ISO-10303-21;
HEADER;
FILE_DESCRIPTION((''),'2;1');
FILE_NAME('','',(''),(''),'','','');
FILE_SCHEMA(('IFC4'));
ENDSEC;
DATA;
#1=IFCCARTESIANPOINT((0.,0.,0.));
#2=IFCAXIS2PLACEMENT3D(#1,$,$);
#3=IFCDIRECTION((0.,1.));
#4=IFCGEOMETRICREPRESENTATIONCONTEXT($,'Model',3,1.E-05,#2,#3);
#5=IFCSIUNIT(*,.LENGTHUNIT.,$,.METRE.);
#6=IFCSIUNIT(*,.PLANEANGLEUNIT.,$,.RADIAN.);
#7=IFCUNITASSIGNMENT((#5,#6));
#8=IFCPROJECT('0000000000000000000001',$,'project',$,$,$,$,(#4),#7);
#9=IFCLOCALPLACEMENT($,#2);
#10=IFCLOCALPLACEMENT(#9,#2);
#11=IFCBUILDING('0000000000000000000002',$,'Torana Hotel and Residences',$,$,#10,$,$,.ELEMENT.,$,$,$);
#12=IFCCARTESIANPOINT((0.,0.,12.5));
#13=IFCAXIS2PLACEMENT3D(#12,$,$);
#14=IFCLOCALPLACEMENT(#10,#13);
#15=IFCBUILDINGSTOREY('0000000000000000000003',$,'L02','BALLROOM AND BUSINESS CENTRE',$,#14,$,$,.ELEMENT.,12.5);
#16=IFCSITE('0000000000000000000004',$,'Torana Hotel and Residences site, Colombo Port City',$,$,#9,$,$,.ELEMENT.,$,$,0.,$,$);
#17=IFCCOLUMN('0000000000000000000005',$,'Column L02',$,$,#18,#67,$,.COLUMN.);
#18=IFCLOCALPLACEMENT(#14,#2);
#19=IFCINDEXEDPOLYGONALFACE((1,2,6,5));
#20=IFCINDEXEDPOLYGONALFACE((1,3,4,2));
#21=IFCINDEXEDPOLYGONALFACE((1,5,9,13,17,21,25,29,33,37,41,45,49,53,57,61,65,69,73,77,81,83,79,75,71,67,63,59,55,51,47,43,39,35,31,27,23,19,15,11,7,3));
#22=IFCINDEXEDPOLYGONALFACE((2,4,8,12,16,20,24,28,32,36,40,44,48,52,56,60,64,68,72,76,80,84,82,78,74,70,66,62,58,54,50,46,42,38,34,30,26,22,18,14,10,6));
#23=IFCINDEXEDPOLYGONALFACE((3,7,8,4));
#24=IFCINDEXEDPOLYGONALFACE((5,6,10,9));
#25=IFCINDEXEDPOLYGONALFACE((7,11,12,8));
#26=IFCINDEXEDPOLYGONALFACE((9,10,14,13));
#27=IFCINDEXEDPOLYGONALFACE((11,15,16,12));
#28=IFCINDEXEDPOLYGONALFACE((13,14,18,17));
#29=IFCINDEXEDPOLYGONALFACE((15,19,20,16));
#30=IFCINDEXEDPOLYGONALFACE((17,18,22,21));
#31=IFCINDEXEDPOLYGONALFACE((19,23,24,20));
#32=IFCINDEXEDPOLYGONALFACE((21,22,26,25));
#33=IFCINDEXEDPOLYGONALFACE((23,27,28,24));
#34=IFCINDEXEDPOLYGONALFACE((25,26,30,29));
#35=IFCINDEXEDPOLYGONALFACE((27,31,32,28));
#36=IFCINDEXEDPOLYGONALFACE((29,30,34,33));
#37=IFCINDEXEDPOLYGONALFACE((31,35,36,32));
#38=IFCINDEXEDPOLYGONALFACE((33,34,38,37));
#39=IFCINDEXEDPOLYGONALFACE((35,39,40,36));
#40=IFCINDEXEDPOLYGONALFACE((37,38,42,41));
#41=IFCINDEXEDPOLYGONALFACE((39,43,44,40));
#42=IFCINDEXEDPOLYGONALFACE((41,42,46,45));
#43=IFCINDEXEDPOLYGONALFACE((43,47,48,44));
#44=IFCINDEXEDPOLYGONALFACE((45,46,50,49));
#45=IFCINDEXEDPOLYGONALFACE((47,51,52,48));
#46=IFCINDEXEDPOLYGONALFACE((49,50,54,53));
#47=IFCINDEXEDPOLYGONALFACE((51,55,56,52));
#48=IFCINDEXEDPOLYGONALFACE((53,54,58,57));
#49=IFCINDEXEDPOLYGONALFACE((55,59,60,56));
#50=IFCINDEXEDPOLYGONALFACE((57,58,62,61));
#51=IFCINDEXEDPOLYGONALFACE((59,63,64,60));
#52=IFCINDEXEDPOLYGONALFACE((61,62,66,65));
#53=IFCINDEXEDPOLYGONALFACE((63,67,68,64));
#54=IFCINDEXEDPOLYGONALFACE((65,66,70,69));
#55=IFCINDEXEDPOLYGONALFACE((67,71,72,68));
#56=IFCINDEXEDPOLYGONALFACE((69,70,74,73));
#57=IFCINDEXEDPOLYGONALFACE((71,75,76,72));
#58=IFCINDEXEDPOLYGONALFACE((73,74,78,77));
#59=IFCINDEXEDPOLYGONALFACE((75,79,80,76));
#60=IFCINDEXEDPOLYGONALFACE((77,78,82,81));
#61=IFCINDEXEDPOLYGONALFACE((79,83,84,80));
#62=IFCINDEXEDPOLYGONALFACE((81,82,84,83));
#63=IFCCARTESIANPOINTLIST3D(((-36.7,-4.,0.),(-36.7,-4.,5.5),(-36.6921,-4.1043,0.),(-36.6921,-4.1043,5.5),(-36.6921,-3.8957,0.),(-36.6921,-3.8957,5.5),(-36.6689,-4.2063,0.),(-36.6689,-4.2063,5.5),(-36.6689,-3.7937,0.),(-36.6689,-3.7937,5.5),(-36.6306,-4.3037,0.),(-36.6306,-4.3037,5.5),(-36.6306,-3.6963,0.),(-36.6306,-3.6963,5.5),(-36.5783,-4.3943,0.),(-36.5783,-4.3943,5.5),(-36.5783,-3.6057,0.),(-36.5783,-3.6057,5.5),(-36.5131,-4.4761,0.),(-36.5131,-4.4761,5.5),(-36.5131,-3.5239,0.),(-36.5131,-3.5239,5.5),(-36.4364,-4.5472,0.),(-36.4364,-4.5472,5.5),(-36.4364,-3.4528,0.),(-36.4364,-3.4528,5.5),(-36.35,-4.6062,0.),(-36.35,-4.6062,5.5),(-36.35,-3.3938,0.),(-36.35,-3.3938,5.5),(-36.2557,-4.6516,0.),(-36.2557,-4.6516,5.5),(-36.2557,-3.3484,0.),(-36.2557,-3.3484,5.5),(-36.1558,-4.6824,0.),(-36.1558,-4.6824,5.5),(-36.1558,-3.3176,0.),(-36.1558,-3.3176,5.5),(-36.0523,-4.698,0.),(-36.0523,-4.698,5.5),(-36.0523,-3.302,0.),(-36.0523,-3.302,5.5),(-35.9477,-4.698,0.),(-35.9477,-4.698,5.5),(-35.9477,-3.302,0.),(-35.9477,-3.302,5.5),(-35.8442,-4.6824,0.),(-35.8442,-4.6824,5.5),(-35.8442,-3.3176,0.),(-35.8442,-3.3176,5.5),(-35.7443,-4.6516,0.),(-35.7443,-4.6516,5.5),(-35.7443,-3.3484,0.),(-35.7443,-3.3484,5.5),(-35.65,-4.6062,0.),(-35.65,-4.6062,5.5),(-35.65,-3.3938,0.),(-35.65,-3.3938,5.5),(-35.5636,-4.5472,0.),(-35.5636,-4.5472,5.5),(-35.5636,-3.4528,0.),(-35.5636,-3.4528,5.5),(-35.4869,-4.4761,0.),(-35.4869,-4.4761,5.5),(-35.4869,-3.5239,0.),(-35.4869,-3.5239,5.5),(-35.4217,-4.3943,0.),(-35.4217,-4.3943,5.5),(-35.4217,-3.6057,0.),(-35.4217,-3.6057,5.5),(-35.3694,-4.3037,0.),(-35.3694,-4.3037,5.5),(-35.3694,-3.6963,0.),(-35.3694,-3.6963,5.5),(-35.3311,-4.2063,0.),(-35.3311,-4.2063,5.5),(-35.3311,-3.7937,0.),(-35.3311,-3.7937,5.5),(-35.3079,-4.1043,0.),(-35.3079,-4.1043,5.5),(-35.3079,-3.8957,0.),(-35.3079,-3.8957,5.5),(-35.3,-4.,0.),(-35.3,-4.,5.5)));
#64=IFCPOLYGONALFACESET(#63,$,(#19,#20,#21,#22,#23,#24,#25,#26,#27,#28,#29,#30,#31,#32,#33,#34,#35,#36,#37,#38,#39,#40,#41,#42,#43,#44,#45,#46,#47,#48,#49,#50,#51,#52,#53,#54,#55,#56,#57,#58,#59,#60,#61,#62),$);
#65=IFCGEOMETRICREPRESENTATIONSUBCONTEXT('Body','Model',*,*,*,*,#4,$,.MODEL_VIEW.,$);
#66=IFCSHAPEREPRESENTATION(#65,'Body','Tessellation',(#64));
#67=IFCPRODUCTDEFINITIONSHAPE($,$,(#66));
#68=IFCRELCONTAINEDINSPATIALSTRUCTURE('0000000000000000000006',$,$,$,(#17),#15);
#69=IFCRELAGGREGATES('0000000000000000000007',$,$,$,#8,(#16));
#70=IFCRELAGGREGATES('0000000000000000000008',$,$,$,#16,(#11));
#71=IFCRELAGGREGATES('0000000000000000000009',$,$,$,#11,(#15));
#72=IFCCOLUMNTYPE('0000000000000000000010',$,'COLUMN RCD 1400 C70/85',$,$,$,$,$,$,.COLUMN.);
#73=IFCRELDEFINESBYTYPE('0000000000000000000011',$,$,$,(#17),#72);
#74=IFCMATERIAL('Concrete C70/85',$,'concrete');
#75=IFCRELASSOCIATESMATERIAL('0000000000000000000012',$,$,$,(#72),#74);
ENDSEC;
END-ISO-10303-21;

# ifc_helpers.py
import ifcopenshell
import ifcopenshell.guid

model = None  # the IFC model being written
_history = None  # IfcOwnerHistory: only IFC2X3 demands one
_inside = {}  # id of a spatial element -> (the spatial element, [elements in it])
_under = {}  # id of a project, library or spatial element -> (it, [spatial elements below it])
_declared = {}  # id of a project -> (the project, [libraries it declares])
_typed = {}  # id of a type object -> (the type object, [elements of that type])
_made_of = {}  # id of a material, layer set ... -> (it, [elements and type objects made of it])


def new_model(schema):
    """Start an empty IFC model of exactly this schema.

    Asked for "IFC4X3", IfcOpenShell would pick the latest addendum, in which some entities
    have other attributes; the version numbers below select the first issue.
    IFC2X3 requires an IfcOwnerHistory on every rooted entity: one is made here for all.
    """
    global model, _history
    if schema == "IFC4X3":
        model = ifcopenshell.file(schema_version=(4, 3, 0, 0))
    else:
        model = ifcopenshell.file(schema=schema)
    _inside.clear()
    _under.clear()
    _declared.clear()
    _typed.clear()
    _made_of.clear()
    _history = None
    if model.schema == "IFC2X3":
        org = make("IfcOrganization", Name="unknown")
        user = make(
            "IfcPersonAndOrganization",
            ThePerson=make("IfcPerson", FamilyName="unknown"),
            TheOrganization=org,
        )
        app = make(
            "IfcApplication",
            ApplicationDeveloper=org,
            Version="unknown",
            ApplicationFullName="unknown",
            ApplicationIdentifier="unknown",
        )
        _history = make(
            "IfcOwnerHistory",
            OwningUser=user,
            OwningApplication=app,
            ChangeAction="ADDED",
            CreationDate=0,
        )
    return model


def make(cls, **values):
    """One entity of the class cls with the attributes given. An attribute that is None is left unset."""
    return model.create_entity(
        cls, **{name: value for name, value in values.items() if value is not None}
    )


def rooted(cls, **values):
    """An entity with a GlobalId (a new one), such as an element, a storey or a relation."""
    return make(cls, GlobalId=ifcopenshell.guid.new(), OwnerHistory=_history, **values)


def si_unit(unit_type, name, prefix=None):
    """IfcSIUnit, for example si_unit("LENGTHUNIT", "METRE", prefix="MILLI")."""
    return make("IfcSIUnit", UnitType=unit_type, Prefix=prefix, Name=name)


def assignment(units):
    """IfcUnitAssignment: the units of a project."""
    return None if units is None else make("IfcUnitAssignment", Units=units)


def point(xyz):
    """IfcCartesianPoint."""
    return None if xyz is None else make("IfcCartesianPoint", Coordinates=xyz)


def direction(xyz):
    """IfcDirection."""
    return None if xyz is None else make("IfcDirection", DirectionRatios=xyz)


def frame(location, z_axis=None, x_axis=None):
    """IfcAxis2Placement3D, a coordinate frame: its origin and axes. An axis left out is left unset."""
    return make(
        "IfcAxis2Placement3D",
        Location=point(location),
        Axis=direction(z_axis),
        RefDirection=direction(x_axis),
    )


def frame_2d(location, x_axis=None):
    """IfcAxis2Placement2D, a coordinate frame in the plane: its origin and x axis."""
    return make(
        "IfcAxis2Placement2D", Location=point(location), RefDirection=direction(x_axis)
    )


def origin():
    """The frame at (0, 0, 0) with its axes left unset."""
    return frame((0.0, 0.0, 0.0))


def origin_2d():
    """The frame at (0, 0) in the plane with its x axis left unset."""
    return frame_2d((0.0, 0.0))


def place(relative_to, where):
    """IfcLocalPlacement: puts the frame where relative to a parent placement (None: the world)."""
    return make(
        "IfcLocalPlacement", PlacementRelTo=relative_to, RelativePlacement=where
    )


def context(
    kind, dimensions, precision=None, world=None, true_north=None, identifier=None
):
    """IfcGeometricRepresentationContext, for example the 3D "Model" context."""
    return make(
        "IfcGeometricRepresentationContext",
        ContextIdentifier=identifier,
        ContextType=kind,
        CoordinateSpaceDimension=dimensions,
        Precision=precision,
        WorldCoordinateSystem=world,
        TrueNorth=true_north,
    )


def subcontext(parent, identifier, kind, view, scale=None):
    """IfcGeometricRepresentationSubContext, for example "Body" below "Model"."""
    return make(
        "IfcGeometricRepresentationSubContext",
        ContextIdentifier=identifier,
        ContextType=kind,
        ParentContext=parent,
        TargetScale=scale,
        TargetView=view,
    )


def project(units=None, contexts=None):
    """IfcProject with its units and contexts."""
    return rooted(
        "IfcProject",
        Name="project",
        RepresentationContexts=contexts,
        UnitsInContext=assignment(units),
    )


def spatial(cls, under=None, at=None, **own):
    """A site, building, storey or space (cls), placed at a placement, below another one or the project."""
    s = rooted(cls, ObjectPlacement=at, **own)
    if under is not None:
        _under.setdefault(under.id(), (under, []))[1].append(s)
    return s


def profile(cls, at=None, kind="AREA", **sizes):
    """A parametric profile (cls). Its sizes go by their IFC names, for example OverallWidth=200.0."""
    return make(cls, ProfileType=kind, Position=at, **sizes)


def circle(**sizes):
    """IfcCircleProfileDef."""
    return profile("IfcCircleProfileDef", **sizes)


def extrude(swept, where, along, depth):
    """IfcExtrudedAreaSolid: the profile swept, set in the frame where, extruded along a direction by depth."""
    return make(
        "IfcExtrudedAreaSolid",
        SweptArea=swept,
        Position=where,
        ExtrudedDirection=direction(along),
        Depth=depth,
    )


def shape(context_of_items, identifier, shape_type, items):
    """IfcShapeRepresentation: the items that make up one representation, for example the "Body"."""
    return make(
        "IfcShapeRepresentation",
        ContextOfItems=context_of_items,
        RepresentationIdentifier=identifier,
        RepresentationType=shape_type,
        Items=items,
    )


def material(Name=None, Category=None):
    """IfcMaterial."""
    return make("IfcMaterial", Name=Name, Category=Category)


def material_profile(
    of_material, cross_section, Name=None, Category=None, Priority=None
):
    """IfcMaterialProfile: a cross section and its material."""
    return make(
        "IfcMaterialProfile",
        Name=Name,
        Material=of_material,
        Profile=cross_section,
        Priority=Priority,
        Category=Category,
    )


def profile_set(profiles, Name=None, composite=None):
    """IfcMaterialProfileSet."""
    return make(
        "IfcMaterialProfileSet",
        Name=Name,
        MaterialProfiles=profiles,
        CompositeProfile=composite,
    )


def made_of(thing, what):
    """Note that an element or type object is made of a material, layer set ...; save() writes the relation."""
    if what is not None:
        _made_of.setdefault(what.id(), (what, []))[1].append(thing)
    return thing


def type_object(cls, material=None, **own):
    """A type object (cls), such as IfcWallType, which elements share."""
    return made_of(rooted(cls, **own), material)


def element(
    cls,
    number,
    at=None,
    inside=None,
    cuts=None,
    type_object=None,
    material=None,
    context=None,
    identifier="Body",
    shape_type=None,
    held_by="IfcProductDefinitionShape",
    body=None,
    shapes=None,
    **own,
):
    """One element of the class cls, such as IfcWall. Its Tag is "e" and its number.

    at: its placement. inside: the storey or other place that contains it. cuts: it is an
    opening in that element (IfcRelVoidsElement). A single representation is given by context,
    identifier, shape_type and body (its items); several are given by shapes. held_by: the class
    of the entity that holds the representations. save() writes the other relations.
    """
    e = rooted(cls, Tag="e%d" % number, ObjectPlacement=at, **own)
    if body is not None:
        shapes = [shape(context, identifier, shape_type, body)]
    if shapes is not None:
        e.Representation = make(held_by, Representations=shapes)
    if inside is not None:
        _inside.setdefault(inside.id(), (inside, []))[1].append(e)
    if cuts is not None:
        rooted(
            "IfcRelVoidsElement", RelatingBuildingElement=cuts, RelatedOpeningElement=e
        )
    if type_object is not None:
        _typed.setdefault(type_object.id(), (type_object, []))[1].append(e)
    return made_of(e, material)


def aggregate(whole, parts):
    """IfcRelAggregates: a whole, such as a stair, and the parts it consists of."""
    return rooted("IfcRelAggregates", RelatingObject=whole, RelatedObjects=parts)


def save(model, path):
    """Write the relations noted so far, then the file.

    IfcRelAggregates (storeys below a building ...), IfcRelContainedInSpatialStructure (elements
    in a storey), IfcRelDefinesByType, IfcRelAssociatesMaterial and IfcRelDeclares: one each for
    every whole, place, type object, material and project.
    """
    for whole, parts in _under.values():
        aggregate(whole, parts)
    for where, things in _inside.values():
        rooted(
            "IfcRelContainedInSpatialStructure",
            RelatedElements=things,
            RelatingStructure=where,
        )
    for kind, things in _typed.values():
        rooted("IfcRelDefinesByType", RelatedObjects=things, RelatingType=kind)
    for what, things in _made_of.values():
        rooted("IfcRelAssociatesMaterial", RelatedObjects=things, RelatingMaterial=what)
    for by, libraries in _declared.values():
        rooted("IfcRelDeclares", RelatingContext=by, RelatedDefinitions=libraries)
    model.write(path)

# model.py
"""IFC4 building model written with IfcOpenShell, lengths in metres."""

from ifc_helpers import new_model, si_unit, direction, frame, origin, origin_2d, place, context, subcontext, project, spatial, circle, extrude, material, material_profile, profile_set, type_object, element, save


model = new_model("IFC4")

# Units and contexts
model_context = context("Model", 3, precision=1e-05, world=origin(), true_north=direction((0.0, 1.0)))
body_context = subcontext(model_context, "Body", "Model", "MODEL_VIEW")
ifc_project = project(units=[si_unit("LENGTHUNIT", "METRE"), si_unit("PLANEANGLEUNIT", "RADIAN")], contexts=[model_context])

# Site, building, storey
site_placement = place(None, origin())
site = spatial("IfcSite", under=ifc_project, at=site_placement, Name="Torana Hotel and Residences site, Colombo Port City", CompositionType="ELEMENT", RefElevation=0.0)
building_placement = place(site_placement, origin())
building = spatial("IfcBuilding", under=site, at=building_placement, Name="Torana Hotel and Residences", CompositionType="ELEMENT")
storey_placement = place(building_placement, frame((0.0, 0.0, 12.5)))
storey = spatial("IfcBuildingStorey", under=building, at=storey_placement, Name="L02", Description="BALLROOM AND BUSINESS CENTRE", CompositionType="ELEMENT", Elevation=12.5)

# Column
ifc_material_1 = material(Name="Concrete C70/85", Category="concrete")
ifc_material_profile = material_profile(ifc_material_1, circle(Radius=0.7, at=origin_2d()), Name="RCD 1400")
ifc_profile_set = profile_set([ifc_material_profile], Name="Concrete C70/85")
column_type = type_object("IfcColumnType", Name="COLUMN RCD 1400 C70/85", PredefinedType="COLUMN", material=ifc_profile_set)
column_placement = place(storey_placement, frame((-36.0, -4.0, 0.0), z_axis=(0.0, 0.0, 1.0), x_axis=(1.0, 0.0, 0.0)))
element("IfcColumn", 1, at=column_placement, inside=storey, type_object=column_type, Name="Column L02", PredefinedType="COLUMN", context=body_context, shape_type="SweptSolid", body=[
    extrude(circle(Radius=0.7, at=origin_2d()), origin(), (0.0, 0.0, 1.0), 5.5),
])

save(model, "model.ifc")
